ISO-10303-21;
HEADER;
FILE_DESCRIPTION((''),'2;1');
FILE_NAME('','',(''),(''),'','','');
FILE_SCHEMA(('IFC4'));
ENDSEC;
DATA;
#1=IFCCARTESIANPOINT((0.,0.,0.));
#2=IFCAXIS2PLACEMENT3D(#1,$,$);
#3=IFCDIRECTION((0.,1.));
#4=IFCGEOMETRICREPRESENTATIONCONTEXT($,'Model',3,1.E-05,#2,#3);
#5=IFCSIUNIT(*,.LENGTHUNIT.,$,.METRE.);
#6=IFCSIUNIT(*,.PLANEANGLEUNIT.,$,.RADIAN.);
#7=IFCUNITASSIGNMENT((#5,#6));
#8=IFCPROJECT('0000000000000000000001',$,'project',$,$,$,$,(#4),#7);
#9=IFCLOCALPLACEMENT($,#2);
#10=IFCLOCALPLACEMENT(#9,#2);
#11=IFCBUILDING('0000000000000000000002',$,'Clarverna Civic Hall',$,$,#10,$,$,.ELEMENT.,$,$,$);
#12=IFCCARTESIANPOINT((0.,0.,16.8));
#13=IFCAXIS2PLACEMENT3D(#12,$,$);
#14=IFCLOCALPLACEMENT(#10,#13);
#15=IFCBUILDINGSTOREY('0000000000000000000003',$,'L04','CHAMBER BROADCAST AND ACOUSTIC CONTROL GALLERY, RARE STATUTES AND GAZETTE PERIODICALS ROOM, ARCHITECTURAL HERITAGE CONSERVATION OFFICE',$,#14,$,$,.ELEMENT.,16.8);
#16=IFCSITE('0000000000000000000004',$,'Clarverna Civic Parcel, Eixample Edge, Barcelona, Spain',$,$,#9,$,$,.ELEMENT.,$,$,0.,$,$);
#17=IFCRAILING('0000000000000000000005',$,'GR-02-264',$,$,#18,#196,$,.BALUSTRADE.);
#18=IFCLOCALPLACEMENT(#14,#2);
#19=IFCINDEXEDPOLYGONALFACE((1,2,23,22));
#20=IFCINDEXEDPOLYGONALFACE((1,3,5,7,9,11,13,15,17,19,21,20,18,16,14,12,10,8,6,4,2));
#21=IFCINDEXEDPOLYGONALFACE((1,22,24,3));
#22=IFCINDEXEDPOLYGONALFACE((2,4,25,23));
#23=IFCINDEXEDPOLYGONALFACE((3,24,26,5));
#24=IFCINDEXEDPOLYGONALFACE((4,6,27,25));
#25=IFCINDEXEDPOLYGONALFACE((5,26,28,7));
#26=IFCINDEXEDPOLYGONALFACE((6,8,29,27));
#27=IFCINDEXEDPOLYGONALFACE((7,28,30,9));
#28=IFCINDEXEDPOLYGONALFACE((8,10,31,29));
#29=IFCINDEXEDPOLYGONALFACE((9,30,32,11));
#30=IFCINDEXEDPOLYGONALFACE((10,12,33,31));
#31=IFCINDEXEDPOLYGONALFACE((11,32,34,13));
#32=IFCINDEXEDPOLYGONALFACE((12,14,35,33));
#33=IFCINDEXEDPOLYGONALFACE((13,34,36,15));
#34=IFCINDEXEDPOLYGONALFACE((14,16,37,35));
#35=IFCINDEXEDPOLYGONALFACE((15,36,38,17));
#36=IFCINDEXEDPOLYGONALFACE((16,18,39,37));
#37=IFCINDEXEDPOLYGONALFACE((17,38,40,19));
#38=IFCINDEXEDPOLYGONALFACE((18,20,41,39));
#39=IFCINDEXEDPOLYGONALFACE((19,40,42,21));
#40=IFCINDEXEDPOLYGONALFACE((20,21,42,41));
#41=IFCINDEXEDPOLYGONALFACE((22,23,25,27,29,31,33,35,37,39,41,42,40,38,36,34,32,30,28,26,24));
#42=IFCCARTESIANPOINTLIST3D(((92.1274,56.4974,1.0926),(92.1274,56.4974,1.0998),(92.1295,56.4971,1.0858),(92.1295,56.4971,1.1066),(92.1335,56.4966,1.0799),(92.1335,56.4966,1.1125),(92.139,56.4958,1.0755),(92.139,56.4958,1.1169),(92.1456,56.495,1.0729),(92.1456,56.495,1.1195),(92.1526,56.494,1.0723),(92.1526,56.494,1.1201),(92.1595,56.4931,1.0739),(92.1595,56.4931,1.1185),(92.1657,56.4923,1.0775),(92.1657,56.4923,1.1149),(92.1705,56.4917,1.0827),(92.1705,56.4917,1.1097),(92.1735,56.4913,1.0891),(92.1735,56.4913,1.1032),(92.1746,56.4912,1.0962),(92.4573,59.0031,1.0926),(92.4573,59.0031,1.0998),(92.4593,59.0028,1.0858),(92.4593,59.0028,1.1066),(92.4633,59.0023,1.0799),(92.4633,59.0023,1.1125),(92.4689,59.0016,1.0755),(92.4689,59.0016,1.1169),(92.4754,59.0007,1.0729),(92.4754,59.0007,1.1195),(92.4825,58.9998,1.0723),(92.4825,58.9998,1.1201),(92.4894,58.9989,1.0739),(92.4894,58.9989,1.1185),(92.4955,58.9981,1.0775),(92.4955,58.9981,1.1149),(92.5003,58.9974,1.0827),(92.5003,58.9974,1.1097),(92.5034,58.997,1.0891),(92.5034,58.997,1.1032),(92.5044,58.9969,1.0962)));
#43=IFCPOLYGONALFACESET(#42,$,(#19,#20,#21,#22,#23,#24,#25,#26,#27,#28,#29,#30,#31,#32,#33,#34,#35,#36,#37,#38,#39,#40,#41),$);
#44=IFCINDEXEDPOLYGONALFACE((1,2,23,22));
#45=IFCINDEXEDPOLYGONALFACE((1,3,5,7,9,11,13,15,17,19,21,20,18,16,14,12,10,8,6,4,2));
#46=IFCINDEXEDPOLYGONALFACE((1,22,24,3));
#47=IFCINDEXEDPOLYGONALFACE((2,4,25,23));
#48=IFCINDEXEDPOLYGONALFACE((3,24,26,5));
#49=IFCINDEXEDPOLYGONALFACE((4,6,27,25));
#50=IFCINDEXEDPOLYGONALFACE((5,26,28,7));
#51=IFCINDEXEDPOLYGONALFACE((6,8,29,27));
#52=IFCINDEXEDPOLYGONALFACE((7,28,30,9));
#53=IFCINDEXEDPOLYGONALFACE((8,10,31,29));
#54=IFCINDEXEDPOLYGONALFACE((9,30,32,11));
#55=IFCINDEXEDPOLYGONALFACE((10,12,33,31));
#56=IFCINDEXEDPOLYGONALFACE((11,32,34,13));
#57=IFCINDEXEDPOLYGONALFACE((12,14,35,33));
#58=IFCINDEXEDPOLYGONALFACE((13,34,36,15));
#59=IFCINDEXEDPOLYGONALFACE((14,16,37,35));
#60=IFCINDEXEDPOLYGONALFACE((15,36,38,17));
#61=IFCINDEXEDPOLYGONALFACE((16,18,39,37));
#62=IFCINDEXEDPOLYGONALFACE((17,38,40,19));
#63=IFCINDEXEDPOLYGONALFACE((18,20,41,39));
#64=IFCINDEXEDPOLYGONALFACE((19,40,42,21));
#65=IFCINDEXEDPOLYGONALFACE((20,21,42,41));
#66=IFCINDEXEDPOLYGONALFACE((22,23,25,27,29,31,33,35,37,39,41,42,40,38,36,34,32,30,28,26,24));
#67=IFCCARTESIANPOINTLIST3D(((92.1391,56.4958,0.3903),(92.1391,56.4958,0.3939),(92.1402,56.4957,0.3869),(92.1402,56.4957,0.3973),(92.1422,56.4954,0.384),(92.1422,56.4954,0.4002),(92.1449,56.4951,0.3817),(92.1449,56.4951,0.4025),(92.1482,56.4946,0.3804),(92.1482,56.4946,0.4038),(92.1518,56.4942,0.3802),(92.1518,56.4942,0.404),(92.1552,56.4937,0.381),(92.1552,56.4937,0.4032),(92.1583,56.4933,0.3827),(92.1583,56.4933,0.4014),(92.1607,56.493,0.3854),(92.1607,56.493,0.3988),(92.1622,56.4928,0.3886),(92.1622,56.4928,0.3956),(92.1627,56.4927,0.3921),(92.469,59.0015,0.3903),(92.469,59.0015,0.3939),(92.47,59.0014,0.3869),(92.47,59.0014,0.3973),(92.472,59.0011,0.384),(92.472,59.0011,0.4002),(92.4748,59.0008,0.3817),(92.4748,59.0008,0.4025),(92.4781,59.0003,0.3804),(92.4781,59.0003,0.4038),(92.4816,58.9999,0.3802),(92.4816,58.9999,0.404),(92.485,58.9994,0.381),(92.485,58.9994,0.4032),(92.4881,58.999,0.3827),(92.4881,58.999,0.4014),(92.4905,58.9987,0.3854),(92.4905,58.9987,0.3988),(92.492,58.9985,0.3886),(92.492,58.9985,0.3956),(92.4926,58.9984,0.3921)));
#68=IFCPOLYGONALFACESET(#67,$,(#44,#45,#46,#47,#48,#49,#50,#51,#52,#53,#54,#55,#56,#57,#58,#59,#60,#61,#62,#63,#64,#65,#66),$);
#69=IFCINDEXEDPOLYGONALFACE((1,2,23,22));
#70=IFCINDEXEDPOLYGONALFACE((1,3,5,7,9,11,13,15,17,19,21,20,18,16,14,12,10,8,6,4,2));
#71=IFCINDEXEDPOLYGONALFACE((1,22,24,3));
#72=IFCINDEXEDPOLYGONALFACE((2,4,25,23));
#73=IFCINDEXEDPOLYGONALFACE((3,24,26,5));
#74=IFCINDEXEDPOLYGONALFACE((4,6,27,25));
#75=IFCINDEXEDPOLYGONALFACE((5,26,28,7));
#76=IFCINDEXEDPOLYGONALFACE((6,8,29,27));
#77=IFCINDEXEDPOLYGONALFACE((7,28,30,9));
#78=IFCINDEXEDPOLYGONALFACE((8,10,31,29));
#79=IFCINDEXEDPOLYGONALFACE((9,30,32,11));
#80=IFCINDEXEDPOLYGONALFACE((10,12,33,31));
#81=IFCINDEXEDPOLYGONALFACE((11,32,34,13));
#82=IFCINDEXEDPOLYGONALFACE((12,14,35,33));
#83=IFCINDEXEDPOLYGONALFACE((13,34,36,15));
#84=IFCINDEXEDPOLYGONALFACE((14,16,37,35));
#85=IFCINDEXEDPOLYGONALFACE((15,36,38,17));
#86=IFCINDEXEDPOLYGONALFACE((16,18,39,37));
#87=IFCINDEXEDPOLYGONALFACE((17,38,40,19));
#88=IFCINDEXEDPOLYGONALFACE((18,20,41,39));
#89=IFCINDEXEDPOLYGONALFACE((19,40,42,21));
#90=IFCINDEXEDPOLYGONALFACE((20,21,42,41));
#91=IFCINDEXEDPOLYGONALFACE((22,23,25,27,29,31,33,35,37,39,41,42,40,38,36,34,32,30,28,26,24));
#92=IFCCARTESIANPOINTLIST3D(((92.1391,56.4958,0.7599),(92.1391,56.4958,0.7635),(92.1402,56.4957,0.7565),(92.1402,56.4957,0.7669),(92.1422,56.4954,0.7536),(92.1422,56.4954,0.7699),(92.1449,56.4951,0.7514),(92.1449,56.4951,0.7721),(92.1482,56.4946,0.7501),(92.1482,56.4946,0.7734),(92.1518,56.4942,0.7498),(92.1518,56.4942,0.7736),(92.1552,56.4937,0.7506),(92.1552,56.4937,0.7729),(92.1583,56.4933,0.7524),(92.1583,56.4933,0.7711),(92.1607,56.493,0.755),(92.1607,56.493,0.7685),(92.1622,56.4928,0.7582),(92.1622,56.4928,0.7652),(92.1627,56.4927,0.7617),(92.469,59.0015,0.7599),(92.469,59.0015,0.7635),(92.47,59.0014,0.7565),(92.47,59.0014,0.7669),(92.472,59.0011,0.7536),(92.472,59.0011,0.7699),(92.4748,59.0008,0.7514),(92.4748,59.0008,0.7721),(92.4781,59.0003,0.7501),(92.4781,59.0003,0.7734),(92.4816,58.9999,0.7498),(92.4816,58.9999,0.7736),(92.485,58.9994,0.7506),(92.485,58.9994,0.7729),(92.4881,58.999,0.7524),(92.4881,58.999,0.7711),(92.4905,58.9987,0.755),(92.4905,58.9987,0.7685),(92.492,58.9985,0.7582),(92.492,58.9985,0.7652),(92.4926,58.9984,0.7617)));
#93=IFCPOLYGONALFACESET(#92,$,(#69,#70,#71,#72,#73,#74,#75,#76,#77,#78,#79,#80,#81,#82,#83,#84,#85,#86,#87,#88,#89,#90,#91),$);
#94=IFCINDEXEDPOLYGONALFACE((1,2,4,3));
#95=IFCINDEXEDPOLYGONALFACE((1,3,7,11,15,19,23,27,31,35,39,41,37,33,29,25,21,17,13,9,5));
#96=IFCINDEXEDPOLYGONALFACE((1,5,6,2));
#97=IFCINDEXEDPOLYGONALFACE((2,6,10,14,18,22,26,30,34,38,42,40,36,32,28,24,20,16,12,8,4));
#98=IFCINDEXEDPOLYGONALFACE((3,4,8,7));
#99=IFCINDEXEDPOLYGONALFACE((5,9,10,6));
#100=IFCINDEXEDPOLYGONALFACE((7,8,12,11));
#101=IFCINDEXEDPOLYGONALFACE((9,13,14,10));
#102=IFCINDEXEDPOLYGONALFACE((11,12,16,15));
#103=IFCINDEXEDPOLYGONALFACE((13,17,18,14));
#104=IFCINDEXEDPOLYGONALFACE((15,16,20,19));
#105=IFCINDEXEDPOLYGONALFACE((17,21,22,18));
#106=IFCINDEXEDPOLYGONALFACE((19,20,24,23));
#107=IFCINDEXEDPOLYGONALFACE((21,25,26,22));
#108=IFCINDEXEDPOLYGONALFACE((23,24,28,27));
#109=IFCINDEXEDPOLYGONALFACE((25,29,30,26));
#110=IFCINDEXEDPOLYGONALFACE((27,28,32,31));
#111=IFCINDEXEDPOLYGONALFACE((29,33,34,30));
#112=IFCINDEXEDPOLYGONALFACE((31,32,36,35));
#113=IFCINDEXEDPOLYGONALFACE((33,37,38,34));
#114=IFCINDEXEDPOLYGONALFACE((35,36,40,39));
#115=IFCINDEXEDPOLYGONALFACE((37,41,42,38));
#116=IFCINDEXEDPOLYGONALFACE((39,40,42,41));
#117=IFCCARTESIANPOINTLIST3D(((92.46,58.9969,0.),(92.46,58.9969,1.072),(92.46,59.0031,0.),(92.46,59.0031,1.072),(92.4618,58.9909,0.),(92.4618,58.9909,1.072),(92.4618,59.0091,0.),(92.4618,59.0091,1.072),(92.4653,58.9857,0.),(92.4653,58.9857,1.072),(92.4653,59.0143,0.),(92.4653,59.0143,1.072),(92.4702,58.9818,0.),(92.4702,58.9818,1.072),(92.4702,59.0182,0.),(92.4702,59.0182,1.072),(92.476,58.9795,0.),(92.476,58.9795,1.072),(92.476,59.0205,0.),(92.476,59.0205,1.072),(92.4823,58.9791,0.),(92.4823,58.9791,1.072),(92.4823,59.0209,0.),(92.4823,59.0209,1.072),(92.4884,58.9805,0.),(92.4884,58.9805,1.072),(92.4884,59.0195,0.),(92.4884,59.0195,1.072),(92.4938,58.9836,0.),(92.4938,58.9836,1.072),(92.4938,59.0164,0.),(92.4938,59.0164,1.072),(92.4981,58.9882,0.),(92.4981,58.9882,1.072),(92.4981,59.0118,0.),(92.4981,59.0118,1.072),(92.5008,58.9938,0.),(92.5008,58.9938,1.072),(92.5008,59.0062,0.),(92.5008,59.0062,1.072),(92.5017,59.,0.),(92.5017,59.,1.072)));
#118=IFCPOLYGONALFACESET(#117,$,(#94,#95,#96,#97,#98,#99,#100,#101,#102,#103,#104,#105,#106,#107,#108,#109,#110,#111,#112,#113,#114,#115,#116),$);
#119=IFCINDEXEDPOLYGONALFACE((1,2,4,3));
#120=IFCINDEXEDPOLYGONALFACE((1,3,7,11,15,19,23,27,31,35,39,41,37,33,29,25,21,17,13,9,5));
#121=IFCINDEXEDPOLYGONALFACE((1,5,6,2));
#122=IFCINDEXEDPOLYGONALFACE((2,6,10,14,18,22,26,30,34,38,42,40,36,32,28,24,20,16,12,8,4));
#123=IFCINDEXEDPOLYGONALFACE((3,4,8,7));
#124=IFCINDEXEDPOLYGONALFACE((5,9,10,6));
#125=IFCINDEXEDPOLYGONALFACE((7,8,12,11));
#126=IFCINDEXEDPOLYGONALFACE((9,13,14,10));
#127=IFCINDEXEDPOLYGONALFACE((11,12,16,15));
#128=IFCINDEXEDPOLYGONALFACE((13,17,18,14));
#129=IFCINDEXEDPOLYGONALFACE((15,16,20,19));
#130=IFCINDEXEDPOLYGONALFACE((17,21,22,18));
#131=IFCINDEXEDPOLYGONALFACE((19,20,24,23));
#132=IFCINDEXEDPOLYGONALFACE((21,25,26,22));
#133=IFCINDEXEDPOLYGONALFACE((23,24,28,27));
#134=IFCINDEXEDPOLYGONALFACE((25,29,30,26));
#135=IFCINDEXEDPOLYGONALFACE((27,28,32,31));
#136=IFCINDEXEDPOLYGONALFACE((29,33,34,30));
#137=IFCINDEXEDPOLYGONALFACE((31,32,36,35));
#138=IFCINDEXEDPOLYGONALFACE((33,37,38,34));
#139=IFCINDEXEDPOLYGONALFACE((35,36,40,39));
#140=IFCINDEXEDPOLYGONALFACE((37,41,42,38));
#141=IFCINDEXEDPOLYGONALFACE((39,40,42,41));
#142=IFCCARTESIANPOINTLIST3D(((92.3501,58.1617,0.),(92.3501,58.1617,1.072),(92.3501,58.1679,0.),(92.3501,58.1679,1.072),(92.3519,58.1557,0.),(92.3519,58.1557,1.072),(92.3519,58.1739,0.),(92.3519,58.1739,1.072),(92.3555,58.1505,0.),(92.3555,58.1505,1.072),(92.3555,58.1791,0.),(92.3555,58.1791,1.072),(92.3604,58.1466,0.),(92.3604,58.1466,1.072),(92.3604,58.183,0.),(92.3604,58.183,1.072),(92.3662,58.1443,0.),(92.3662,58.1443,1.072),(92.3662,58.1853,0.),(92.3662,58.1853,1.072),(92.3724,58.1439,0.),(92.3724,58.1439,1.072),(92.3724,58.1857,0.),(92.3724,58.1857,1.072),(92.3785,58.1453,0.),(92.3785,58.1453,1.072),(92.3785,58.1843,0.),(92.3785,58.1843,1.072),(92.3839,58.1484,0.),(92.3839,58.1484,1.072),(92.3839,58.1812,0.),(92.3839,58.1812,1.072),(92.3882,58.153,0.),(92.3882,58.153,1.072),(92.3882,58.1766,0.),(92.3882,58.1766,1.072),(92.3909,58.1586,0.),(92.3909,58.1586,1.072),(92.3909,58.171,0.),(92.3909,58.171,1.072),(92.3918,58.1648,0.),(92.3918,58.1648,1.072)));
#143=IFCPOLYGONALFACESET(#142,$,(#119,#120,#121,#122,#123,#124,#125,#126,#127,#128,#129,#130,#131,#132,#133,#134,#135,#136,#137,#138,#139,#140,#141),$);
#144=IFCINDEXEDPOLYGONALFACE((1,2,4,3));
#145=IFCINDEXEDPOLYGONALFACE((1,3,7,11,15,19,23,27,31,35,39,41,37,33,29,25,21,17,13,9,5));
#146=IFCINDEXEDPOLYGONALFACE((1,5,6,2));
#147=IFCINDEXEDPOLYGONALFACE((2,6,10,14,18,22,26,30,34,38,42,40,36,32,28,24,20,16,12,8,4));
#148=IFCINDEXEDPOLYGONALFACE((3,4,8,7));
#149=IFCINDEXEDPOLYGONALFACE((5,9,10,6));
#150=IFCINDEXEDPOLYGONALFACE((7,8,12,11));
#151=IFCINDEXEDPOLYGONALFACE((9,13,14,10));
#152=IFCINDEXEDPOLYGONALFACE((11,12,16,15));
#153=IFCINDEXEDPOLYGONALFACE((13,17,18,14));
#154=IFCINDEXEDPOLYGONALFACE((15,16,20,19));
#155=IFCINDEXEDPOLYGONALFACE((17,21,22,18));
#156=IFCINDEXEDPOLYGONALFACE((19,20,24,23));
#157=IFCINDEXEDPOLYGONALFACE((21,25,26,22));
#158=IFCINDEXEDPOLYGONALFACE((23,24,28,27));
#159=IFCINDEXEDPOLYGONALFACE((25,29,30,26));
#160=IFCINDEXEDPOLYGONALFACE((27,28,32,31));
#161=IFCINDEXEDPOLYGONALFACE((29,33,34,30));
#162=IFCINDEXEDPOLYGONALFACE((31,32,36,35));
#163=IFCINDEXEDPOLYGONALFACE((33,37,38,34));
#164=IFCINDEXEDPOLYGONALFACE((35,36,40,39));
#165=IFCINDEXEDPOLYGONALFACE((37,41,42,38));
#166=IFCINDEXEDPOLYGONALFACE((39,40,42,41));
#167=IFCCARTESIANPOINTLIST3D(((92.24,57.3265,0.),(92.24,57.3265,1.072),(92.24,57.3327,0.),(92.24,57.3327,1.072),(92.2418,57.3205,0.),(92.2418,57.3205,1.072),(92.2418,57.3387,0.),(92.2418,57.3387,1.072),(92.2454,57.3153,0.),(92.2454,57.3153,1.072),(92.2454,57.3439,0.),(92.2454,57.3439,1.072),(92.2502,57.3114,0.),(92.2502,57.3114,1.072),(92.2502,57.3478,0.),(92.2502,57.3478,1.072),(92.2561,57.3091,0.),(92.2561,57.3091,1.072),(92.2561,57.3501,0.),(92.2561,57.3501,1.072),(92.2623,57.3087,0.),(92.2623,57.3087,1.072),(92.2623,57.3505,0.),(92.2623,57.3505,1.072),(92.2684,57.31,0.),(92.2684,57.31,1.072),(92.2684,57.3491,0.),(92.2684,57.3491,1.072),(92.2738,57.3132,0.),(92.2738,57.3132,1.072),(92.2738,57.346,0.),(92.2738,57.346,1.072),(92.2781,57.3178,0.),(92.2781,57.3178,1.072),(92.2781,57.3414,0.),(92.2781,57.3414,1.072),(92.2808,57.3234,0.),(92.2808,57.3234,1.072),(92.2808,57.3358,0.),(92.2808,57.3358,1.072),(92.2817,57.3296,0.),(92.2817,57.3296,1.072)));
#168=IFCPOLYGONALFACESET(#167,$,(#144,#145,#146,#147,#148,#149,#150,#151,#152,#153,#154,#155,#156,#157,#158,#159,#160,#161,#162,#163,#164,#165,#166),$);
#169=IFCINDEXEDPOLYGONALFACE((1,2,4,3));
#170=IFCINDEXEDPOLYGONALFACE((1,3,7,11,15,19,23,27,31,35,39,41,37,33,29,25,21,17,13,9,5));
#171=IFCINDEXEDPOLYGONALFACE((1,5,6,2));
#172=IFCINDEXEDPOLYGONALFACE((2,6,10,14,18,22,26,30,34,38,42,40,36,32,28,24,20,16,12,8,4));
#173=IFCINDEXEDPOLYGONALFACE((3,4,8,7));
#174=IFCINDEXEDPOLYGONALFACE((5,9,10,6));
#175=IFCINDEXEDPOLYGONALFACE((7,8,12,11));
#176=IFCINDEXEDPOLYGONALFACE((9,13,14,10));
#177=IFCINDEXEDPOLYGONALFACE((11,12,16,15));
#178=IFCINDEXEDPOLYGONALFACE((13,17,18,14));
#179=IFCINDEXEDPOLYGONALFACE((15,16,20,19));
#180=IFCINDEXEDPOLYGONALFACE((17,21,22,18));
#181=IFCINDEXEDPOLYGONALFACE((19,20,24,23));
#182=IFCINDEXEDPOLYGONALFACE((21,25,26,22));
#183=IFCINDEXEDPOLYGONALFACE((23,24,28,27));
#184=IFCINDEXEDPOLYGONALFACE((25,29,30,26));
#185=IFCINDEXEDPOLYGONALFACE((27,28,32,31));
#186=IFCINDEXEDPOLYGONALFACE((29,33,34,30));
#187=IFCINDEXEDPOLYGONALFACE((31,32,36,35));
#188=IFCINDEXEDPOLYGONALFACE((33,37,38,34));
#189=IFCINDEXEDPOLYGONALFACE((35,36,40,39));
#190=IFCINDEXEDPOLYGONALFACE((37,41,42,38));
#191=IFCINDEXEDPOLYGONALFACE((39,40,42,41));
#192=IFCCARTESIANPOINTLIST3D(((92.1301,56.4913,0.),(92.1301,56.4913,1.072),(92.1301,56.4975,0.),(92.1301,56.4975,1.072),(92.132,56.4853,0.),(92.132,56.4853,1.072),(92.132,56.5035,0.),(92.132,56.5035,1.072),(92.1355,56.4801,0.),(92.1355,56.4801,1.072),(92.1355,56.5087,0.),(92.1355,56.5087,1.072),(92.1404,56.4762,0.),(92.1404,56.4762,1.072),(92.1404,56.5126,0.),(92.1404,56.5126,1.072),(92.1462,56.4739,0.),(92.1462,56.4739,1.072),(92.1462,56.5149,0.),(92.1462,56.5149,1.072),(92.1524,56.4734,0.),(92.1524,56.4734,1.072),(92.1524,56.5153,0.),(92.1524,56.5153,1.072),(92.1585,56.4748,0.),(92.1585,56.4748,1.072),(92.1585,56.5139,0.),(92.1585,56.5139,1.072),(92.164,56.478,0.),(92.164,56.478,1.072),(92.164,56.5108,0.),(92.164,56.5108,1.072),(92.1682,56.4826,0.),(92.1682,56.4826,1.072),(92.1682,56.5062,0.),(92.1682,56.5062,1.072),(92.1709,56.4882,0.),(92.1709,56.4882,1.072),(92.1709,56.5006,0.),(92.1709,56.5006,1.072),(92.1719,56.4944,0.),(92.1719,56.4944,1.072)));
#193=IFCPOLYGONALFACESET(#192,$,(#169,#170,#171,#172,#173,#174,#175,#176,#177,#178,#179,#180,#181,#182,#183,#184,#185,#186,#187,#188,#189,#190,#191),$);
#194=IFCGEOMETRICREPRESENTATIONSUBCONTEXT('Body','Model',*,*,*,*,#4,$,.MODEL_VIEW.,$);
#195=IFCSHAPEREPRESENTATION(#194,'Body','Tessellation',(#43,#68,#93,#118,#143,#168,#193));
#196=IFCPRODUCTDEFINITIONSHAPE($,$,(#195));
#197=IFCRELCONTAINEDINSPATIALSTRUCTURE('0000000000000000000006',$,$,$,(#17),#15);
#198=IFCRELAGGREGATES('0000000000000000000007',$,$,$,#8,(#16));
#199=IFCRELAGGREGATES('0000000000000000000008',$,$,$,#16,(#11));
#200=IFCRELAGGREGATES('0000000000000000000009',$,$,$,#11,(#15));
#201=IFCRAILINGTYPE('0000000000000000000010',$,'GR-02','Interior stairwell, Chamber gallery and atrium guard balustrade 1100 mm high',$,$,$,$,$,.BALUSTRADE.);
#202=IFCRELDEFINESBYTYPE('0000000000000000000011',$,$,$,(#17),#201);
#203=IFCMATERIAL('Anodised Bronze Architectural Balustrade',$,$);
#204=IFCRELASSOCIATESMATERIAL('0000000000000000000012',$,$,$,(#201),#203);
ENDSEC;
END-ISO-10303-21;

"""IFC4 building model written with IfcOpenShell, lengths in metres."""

from ifc_helpers import new_model, si_unit, direction, frame, origin, origin_2d, place, context, subcontext, project, spatial, circle, extrude, material, type_object, element, save


model = new_model("IFC4")

# Units and contexts
model_context = context("Model", 3, precision=1e-05, world=origin(), true_north=direction((0.0, 1.0)))
body_context = subcontext(model_context, "Body", "Model", "MODEL_VIEW")
ifc_project = project(units=[si_unit("LENGTHUNIT", "METRE"), si_unit("PLANEANGLEUNIT", "RADIAN")], contexts=[model_context])

# Site, building, storey
site_placement = place(None, origin())
site = spatial("IfcSite", under=ifc_project, at=site_placement, Name="Clarverna Civic Parcel, Eixample Edge, Barcelona, Spain", CompositionType="ELEMENT", RefElevation=0.0)
building_placement = place(site_placement, origin())
building = spatial("IfcBuilding", under=site, at=building_placement, Name="Clarverna Civic Hall", CompositionType="ELEMENT")
storey_placement = place(building_placement, frame((0.0, 0.0, 16.8)))
storey = spatial("IfcBuildingStorey", under=building, at=storey_placement, Name="L04", Description="CHAMBER BROADCAST AND ACOUSTIC CONTROL GALLERY, RARE STATUTES AND GAZETTE PERIODICALS ROOM, ARCHITECTURAL HERITAGE CONSERVATION OFFICE", CompositionType="ELEMENT", Elevation=16.8)

# Railing
ifc_material_1 = material(Name="Anodised Bronze Architectural Balustrade")
railing_type = type_object("IfcRailingType", Name="GR-02", Description="Interior stairwell, Chamber gallery and atrium guard balustrade 1100 mm high", PredefinedType="BALUSTRADE", material=ifc_material_1)
railing_1_placement = place(storey_placement, frame((92.4807, 59.0, 0.0)))
element("IfcRailing", 1, at=railing_1_placement, inside=storey, type_object=railing_type, Name="GR-02-264", PredefinedType="BALUSTRADE", context=body_context, shape_type="SweptSolid", body=[
    extrude(circle(Radius=0.0239, at=origin_2d()), frame((0.0, 0.0, 1.0962), z_axis=(-0.130512, -0.991447, 0.0), x_axis=(0.991447, -0.130512, 0.0)), (0.0, 0.0, 1.0), 2.5273),
    extrude(circle(Radius=0.012, at=origin_2d()), frame((0.0, 0.0, 0.3921), z_axis=(-0.130512, -0.991447, 0.0), x_axis=(0.991447, -0.130512, 0.0)), (0.0, 0.0, 1.0), 2.5273),
    extrude(circle(Radius=0.012, at=origin_2d()), frame((0.0, 0.0, 0.7617), z_axis=(-0.130512, -0.991447, 0.0), x_axis=(0.991447, -0.130512, 0.0)), (0.0, 0.0, 1.0), 2.5273),
    extrude(circle(Radius=0.021, at=origin_2d()), origin(), (0.0, 0.0, 1.0), 1.072),
    extrude(circle(Radius=0.021, at=origin_2d()), frame((-0.1099, -0.8352, 0.0)), (0.0, 0.0, 1.0), 1.072),
    extrude(circle(Radius=0.021, at=origin_2d()), frame((-0.22, -1.6704, 0.0)), (0.0, 0.0, 1.0), 1.072),
    extrude(circle(Radius=0.021, at=origin_2d()), frame((-0.3298, -2.5056, 0.0)), (0.0, 0.0, 1.0), 1.072),
])

save(model, "model.ifc")
